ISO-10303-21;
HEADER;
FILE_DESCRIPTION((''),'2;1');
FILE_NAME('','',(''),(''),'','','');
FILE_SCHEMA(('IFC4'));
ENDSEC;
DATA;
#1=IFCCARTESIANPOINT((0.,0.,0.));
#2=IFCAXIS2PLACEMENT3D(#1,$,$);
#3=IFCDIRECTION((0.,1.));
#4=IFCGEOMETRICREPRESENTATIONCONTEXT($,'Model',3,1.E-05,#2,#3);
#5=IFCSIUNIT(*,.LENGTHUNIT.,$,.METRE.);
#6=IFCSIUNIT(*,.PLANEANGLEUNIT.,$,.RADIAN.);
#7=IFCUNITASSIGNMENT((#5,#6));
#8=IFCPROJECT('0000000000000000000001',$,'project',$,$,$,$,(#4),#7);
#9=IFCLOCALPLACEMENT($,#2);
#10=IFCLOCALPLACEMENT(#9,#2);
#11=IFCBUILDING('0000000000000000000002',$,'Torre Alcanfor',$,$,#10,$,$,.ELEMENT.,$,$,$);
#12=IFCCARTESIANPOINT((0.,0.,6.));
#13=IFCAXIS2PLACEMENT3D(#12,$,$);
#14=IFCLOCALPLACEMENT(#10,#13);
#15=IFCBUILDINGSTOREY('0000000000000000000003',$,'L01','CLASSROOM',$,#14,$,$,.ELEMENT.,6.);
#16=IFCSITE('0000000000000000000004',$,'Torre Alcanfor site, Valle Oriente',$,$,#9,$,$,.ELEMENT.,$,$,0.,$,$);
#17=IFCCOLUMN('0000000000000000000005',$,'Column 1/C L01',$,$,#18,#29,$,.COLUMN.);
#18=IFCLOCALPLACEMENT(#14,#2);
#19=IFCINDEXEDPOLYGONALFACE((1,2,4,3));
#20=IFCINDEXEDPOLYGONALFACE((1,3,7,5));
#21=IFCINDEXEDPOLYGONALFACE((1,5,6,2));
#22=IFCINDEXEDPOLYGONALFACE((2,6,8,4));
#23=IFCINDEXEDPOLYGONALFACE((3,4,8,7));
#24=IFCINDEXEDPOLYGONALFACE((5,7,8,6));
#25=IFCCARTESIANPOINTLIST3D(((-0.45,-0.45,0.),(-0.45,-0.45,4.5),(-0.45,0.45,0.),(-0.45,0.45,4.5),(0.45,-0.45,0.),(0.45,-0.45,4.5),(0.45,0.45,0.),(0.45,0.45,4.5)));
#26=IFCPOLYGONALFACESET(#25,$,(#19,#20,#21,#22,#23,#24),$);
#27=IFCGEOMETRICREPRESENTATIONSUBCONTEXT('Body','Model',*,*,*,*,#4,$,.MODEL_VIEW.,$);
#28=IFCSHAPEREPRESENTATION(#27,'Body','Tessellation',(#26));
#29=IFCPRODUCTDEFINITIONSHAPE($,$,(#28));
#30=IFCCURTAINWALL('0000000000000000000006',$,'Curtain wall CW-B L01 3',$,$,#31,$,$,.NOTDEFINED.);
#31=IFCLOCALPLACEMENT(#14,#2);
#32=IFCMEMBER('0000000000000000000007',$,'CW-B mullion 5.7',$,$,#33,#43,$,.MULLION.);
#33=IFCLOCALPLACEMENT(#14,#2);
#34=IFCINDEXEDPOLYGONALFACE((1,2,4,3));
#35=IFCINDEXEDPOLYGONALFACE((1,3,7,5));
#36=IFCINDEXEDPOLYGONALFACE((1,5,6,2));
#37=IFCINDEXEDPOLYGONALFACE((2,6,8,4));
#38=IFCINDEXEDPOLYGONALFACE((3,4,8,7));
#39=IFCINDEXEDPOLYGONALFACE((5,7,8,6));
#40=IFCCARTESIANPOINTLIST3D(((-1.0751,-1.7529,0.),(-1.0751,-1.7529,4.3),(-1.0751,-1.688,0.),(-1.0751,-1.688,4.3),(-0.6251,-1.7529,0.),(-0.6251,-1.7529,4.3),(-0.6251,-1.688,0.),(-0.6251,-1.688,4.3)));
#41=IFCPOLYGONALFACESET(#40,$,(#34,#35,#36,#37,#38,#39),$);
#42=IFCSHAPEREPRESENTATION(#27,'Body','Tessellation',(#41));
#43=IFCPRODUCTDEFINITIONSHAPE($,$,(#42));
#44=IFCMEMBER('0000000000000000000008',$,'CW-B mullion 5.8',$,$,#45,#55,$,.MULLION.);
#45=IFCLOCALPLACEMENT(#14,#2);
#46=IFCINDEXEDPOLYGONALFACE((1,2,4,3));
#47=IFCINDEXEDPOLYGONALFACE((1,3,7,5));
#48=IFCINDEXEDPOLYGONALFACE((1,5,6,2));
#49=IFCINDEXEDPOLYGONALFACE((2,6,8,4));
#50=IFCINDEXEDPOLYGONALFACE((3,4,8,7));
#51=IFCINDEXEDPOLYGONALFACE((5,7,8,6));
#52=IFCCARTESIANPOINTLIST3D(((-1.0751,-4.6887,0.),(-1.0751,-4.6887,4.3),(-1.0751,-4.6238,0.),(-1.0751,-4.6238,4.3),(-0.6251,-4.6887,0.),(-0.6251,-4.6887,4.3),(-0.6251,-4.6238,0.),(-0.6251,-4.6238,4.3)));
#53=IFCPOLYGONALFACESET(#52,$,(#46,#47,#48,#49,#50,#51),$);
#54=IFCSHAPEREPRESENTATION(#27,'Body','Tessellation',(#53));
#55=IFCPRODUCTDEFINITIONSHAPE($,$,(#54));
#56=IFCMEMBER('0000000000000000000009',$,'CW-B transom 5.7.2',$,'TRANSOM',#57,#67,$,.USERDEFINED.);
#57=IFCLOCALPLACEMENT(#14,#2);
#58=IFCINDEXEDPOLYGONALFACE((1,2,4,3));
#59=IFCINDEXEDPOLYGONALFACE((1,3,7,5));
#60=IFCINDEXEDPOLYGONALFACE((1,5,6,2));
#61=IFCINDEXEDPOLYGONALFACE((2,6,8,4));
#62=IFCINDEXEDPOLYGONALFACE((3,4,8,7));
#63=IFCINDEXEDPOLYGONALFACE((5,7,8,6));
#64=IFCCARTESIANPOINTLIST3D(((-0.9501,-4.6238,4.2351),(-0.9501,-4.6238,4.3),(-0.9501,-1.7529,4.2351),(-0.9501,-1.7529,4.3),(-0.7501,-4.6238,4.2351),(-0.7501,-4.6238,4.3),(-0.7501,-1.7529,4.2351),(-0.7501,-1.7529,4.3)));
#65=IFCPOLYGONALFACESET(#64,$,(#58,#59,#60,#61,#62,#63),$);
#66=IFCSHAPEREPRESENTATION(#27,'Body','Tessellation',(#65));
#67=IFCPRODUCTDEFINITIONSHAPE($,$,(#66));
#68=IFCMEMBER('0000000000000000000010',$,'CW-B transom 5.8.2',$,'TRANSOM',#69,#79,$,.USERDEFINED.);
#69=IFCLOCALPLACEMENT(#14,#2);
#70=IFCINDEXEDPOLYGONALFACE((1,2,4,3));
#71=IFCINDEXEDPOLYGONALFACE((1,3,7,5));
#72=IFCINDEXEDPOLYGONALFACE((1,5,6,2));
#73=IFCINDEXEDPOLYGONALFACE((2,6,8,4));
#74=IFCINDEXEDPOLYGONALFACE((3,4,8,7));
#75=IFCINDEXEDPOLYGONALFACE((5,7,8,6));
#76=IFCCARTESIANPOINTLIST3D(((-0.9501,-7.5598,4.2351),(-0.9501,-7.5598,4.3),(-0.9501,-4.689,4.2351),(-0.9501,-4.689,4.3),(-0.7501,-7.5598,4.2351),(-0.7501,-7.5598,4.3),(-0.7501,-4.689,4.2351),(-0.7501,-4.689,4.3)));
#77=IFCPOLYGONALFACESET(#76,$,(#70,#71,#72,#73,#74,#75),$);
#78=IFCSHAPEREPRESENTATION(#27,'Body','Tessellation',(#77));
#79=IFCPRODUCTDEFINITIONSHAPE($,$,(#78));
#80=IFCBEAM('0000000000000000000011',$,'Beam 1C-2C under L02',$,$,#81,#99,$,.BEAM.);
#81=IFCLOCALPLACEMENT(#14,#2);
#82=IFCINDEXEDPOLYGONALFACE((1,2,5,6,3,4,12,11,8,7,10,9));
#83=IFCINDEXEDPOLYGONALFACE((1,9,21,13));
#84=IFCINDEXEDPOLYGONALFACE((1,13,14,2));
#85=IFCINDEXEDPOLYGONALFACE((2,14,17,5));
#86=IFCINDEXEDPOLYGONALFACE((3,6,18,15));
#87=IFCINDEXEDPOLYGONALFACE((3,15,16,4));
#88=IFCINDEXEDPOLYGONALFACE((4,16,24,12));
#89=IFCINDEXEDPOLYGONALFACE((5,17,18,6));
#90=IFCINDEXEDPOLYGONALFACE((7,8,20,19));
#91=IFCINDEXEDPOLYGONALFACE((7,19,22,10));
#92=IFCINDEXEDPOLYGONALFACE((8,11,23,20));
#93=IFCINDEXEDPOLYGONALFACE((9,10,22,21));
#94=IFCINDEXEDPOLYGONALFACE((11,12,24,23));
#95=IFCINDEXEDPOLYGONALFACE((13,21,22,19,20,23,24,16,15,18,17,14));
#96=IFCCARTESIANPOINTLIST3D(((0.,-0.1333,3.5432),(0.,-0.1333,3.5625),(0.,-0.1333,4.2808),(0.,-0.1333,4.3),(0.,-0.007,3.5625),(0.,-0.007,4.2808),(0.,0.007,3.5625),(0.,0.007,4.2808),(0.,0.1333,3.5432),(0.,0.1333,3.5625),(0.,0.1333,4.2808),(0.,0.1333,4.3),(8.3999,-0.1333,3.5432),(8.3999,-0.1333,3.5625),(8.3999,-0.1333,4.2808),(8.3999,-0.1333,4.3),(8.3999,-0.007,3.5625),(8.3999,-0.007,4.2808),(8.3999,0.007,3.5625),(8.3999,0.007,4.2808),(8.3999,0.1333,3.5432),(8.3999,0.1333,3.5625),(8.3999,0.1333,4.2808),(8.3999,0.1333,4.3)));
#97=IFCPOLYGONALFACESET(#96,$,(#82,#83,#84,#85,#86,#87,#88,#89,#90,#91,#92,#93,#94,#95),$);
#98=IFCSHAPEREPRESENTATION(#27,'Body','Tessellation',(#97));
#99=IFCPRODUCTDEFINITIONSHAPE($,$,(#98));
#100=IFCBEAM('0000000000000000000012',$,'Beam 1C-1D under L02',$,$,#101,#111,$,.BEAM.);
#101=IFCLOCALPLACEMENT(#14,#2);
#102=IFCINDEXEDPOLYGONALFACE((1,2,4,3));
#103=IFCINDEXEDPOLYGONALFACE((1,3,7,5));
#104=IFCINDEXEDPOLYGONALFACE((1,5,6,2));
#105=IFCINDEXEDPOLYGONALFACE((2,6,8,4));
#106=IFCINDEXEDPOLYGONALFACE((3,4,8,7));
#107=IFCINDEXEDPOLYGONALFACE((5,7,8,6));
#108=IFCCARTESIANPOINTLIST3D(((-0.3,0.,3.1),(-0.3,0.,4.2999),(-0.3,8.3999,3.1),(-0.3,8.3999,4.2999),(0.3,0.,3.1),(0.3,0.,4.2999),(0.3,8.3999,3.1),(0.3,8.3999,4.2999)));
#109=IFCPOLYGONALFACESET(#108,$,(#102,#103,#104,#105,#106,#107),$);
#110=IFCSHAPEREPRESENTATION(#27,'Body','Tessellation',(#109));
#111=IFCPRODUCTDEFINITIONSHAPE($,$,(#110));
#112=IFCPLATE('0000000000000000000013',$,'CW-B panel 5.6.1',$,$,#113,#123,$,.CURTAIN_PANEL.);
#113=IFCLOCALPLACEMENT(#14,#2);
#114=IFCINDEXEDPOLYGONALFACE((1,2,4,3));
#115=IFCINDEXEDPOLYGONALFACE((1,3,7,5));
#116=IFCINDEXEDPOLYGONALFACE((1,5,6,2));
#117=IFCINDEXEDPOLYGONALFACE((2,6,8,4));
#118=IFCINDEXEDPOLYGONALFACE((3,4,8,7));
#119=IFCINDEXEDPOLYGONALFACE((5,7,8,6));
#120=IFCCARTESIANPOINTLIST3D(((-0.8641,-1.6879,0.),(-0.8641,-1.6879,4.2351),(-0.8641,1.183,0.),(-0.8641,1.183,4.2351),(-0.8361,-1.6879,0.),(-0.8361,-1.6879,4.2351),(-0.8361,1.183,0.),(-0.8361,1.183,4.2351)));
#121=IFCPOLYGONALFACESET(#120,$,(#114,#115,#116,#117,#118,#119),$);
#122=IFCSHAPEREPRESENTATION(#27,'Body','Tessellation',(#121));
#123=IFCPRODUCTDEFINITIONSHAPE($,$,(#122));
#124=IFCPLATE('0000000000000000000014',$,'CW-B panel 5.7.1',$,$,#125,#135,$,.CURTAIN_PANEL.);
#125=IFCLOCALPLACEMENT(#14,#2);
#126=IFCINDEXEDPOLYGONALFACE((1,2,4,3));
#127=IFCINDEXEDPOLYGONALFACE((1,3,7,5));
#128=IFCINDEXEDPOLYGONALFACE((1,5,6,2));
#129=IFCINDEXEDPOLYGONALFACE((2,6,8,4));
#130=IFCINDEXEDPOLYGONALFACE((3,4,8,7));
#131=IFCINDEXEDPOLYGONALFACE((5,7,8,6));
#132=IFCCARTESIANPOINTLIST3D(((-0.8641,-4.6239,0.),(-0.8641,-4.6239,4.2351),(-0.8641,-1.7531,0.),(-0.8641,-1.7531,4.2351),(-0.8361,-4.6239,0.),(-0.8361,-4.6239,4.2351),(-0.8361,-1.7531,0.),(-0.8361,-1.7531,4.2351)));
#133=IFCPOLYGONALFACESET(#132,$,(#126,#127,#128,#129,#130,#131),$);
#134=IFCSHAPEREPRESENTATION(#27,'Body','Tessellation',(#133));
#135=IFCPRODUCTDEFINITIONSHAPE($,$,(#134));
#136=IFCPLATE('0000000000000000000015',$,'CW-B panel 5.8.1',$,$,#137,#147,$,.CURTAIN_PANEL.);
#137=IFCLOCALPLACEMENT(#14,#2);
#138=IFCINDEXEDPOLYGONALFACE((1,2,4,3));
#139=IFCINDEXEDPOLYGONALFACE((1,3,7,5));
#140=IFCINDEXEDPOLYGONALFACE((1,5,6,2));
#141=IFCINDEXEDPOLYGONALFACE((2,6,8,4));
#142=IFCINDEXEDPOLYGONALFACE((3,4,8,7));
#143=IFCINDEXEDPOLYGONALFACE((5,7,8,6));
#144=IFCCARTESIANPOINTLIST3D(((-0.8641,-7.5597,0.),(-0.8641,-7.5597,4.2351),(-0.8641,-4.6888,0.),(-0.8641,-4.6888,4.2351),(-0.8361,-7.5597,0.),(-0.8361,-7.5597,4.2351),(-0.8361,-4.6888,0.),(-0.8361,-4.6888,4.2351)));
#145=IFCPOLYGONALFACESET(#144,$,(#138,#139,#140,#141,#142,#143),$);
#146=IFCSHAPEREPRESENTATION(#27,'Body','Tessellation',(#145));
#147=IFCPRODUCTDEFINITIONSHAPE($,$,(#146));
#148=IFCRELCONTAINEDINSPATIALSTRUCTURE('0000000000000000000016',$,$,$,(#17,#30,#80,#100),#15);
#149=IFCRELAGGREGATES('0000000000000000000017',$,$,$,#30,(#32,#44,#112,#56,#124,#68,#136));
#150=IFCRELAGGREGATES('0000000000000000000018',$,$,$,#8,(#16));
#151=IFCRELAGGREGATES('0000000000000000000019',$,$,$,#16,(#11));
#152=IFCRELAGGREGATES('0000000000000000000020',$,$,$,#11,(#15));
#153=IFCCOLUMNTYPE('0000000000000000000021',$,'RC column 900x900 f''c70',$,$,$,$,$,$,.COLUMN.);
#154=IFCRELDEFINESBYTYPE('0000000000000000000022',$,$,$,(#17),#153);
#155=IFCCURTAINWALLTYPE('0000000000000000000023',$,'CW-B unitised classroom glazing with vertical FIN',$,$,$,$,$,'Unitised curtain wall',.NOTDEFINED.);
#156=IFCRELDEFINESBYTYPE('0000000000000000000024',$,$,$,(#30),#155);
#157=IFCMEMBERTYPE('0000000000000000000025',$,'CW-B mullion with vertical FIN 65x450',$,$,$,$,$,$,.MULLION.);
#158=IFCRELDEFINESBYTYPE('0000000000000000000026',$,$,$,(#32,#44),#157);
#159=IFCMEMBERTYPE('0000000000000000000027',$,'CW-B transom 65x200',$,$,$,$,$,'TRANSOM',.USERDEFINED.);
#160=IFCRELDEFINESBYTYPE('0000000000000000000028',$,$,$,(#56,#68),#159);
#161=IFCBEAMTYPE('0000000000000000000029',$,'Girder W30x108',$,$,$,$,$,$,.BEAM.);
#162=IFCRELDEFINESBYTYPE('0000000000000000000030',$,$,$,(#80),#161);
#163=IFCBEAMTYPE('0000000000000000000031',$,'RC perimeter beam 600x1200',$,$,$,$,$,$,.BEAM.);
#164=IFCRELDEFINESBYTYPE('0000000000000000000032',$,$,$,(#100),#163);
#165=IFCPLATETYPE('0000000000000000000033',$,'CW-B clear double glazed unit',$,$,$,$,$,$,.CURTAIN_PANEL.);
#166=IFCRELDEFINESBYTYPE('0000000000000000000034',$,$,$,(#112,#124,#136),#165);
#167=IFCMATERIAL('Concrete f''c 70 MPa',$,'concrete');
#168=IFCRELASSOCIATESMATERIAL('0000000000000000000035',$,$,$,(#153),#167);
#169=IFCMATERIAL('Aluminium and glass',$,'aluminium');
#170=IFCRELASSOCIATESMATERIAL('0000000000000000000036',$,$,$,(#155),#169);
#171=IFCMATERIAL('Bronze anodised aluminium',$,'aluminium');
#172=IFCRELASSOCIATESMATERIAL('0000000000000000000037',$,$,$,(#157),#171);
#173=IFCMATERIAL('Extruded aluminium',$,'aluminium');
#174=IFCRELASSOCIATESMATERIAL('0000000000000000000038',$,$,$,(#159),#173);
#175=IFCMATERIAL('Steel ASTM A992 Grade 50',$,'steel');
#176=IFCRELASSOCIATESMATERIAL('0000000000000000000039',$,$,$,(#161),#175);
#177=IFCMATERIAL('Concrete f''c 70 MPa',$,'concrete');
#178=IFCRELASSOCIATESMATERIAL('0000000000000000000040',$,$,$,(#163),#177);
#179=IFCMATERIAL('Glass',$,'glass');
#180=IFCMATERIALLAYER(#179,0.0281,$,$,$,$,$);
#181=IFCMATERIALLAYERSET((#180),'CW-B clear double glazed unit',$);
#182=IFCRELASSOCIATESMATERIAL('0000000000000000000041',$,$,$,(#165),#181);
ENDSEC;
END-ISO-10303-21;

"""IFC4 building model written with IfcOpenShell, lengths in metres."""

from ifc_helpers import new_model, si_unit, direction, frame, origin, origin_with_axes, origin_2d, place, context, subcontext, project, spatial, rectangle, i_section, extrude, material, layer, layer_set, material_profile, profile_set, type_object, element, aggregate, save


model = new_model("IFC4")

# Units and contexts
model_context = context("Model", 3, precision=1e-05, world=origin(), true_north=direction((0.0, 1.0)))
body_context = subcontext(model_context, "Body", "Model", "MODEL_VIEW")
ifc_project = project(units=[si_unit("LENGTHUNIT", "METRE"), si_unit("PLANEANGLEUNIT", "RADIAN")], contexts=[model_context])

# Site, building, storey
site_placement = place(None, origin())
site = spatial("IfcSite", under=ifc_project, at=site_placement, Name="Torre Alcanfor site, Valle Oriente", CompositionType="ELEMENT", RefElevation=0.0)
building_placement = place(site_placement, origin())
building = spatial("IfcBuilding", under=site, at=building_placement, Name="Torre Alcanfor", CompositionType="ELEMENT")
storey_placement = place(building_placement, frame((0.0, 0.0, 6.0)))
storey = spatial("IfcBuildingStorey", under=building, at=storey_placement, Name="L01", Description="CLASSROOM", CompositionType="ELEMENT", Elevation=6.0)

# Column
ifc_material_1 = material(Name="Concrete f'c 70 MPa", Category="concrete")
ifc_material_profile_1 = material_profile(ifc_material_1, rectangle(XDim=0.8999, YDim=0.8999, at=origin_2d()), Name="900x900")
ifc_profile_set_1 = profile_set([ifc_material_profile_1], Name="Concrete f'c 70 MPa")
column_type = type_object("IfcColumnType", Name="RC column 900x900 f'c70", PredefinedType="COLUMN", material=ifc_profile_set_1)
column_placement = place(storey_placement, origin_with_axes())
element("IfcColumn", 1, at=column_placement, inside=storey, type_object=column_type, Name="Column 1/C L01", PredefinedType="COLUMN", context=body_context, shape_type="SweptSolid", body=[
    extrude(rectangle(XDim=0.8999, YDim=0.8999, at=origin_2d()), origin(), (0.0, 0.0, 1.0), 4.5),
])

# Curtain wall, members
ifc_material_2 = material(Name="Aluminium and glass", Category="aluminium")
curtain_wall_type = type_object("IfcCurtainWallType", Name="CW-B unitised classroom glazing with vertical FIN", ElementType="Unitised curtain wall", PredefinedType="NOTDEFINED", material=ifc_material_2)
curtain_wall_placement = place(storey_placement, origin())
curtain_wall = element("IfcCurtainWall", 2, at=curtain_wall_placement, inside=storey, type_object=curtain_wall_type, Name="Curtain wall CW-B L01 3", PredefinedType="NOTDEFINED")
ifc_material_3 = material(Name="Bronze anodised aluminium", Category="aluminium")
ifc_material_profile_2 = material_profile(ifc_material_3, rectangle(XDim=0.45, YDim=0.0649, at=origin_2d()), Name="CW-B mullion 65x450")
ifc_profile_set_2 = profile_set([ifc_material_profile_2], Name="Bronze anodised aluminium")
member_type_1 = type_object("IfcMemberType", Name="CW-B mullion with vertical FIN 65x450", PredefinedType="MULLION", material=ifc_profile_set_2)
member_1_placement = place(storey_placement, frame((-0.8501, -1.7205, 0.0), z_axis=(0.0, 0.0, 1.0), x_axis=(1.0, 0.0, 0.0)))
member_1 = element("IfcMember", 3, at=member_1_placement, type_object=member_type_1, Name="CW-B mullion 5.7", PredefinedType="MULLION", context=body_context, shape_type="SweptSolid", body=[
    extrude(rectangle(XDim=0.45, YDim=0.0649, at=origin_2d()), origin(), (0.0, 0.0, 1.0), 4.3),
])
member_2_placement = place(storey_placement, frame((-0.8501, -4.6562, 0.0), z_axis=(0.0, 0.0, 1.0), x_axis=(1.0, 0.0, 0.0)))
member_2 = element("IfcMember", 4, at=member_2_placement, type_object=member_type_1, Name="CW-B mullion 5.8", PredefinedType="MULLION", context=body_context, shape_type="SweptSolid", body=[
    extrude(rectangle(XDim=0.45, YDim=0.0649, at=origin_2d()), origin(), (0.0, 0.0, 1.0), 4.3),
])
ifc_material_4 = material(Name="Extruded aluminium", Category="aluminium")
ifc_material_profile_3 = material_profile(ifc_material_4, rectangle(XDim=0.2, YDim=0.0649, at=origin_2d()), Name="CW-B transom 200x65")
ifc_profile_set_3 = profile_set([ifc_material_profile_3], Name="Extruded aluminium")
member_type_2 = type_object("IfcMemberType", Name="CW-B transom 65x200", ElementType="TRANSOM", PredefinedType="USERDEFINED", material=ifc_profile_set_3)
member_3_placement = place(storey_placement, frame((-0.8501, -1.7529, 4.2676), z_axis=(0.0, -1.0, 0.0), x_axis=(1.0, 0.0, 0.0)))
member_3 = element("IfcMember", 5, at=member_3_placement, type_object=member_type_2, Name="CW-B transom 5.7.2", ObjectType="TRANSOM", PredefinedType="USERDEFINED", context=body_context, shape_type="SweptSolid", body=[
    extrude(rectangle(XDim=0.2, YDim=0.0649, at=origin_2d()), origin(), (0.0, 0.0, 1.0), 2.8708),
])
member_4_placement = place(storey_placement, frame((-0.8501, -4.689, 4.2676), z_axis=(0.0, -1.0, 0.0), x_axis=(1.0, 0.0, 0.0)))
member_4 = element("IfcMember", 6, at=member_4_placement, type_object=member_type_2, Name="CW-B transom 5.8.2", ObjectType="TRANSOM", PredefinedType="USERDEFINED", context=body_context, shape_type="SweptSolid", body=[
    extrude(rectangle(XDim=0.2, YDim=0.0649, at=origin_2d()), origin(), (0.0, 0.0, 1.0), 2.8708),
])

# Beams
ifc_material_5 = material(Name="Steel ASTM A992 Grade 50", Category="steel")
ifc_material_profile_4 = material_profile(ifc_material_5, i_section(OverallWidth=0.2666, OverallDepth=0.7568, WebThickness=0.0139, FlangeThickness=0.0193, at=origin_2d()), Name="W30x108")
ifc_profile_set_4 = profile_set([ifc_material_profile_4], Name="Steel ASTM A992 Grade 50")
beam_type_1 = type_object("IfcBeamType", Name="Girder W30x108", PredefinedType="BEAM", material=ifc_profile_set_4)
beam_1_placement = place(storey_placement, frame((0.0, 0.0, 3.9216), z_axis=(1.0, 0.0, 0.0), x_axis=(0.0, 1.0, 0.0)))
element("IfcBeam", 7, at=beam_1_placement, inside=storey, type_object=beam_type_1, Name="Beam 1C-2C under L02", PredefinedType="BEAM", context=body_context, shape_type="SweptSolid", body=[
    extrude(i_section(OverallWidth=0.2666, OverallDepth=0.7568, WebThickness=0.0139, FlangeThickness=0.0193, at=origin_2d()), origin(), (0.0, 0.0, 1.0), 8.3999),
])
ifc_material_6 = material(Name="Concrete f'c 70 MPa", Category="concrete")
ifc_material_profile_5 = material_profile(ifc_material_6, rectangle(XDim=0.6001, YDim=1.2, at=origin_2d()), Name="600x1200")
ifc_profile_set_5 = profile_set([ifc_material_profile_5], Name="Concrete f'c 70 MPa")
beam_type_2 = type_object("IfcBeamType", Name="RC perimeter beam 600x1200", PredefinedType="BEAM", material=ifc_profile_set_5)
beam_2_placement = place(storey_placement, frame((0.0, 0.0, 3.7), z_axis=(0.0, 1.0, 0.0), x_axis=(-1.0, 0.0, 0.0)))
element("IfcBeam", 8, at=beam_2_placement, inside=storey, type_object=beam_type_2, Name="Beam 1C-1D under L02", PredefinedType="BEAM", context=body_context, shape_type="SweptSolid", body=[
    extrude(rectangle(XDim=0.6001, YDim=1.2, at=origin_2d()), origin(), (0.0, 0.0, 1.0), 8.3999),
])

# Plates
ifc_material_7 = material(Name="Glass", Category="glass")
ifc_layer_1 = layer(ifc_material_7, 0.0281)
ifc_layer_set_1 = layer_set([ifc_layer_1], Name="CW-B clear double glazed unit")
plate_type = type_object("IfcPlateType", Name="CW-B clear double glazed unit", PredefinedType="CURTAIN_PANEL", material=ifc_layer_set_1)
plate_1_placement = place(storey_placement, frame((-0.8501, -0.2524, 0.0), z_axis=(0.0, 0.0, 1.0), x_axis=(0.0, -1.0, 0.0)))
plate_1 = element("IfcPlate", 9, at=plate_1_placement, type_object=plate_type, Name="CW-B panel 5.6.1", PredefinedType="CURTAIN_PANEL", context=body_context, shape_type="SweptSolid", body=[
    extrude(rectangle(XDim=2.8708, YDim=0.0281, at=origin_2d()), origin(), (0.0, 0.0, 1.0), 4.2351),
])
plate_2_placement = place(storey_placement, frame((-0.8501, -3.1885, 0.0), z_axis=(0.0, 0.0, 1.0), x_axis=(0.0, -1.0, 0.0)))
plate_2 = element("IfcPlate", 10, at=plate_2_placement, type_object=plate_type, Name="CW-B panel 5.7.1", PredefinedType="CURTAIN_PANEL", context=body_context, shape_type="SweptSolid", body=[
    extrude(rectangle(XDim=2.8708, YDim=0.0281, at=origin_2d()), origin(), (0.0, 0.0, 1.0), 4.2351),
])
plate_3_placement = place(storey_placement, frame((-0.8501, -6.1243, 0.0), z_axis=(0.0, 0.0, 1.0), x_axis=(0.0, -1.0, 0.0)))
plate_3 = element("IfcPlate", 11, at=plate_3_placement, type_object=plate_type, Name="CW-B panel 5.8.1", PredefinedType="CURTAIN_PANEL", context=body_context, shape_type="SweptSolid", body=[
    extrude(rectangle(XDim=2.8708, YDim=0.0281, at=origin_2d()), origin(), (0.0, 0.0, 1.0), 4.2351),
])
aggregate(curtain_wall, [member_1, member_2, plate_1, member_3, plate_2, member_4, plate_3])

save(model, "model.ifc")
